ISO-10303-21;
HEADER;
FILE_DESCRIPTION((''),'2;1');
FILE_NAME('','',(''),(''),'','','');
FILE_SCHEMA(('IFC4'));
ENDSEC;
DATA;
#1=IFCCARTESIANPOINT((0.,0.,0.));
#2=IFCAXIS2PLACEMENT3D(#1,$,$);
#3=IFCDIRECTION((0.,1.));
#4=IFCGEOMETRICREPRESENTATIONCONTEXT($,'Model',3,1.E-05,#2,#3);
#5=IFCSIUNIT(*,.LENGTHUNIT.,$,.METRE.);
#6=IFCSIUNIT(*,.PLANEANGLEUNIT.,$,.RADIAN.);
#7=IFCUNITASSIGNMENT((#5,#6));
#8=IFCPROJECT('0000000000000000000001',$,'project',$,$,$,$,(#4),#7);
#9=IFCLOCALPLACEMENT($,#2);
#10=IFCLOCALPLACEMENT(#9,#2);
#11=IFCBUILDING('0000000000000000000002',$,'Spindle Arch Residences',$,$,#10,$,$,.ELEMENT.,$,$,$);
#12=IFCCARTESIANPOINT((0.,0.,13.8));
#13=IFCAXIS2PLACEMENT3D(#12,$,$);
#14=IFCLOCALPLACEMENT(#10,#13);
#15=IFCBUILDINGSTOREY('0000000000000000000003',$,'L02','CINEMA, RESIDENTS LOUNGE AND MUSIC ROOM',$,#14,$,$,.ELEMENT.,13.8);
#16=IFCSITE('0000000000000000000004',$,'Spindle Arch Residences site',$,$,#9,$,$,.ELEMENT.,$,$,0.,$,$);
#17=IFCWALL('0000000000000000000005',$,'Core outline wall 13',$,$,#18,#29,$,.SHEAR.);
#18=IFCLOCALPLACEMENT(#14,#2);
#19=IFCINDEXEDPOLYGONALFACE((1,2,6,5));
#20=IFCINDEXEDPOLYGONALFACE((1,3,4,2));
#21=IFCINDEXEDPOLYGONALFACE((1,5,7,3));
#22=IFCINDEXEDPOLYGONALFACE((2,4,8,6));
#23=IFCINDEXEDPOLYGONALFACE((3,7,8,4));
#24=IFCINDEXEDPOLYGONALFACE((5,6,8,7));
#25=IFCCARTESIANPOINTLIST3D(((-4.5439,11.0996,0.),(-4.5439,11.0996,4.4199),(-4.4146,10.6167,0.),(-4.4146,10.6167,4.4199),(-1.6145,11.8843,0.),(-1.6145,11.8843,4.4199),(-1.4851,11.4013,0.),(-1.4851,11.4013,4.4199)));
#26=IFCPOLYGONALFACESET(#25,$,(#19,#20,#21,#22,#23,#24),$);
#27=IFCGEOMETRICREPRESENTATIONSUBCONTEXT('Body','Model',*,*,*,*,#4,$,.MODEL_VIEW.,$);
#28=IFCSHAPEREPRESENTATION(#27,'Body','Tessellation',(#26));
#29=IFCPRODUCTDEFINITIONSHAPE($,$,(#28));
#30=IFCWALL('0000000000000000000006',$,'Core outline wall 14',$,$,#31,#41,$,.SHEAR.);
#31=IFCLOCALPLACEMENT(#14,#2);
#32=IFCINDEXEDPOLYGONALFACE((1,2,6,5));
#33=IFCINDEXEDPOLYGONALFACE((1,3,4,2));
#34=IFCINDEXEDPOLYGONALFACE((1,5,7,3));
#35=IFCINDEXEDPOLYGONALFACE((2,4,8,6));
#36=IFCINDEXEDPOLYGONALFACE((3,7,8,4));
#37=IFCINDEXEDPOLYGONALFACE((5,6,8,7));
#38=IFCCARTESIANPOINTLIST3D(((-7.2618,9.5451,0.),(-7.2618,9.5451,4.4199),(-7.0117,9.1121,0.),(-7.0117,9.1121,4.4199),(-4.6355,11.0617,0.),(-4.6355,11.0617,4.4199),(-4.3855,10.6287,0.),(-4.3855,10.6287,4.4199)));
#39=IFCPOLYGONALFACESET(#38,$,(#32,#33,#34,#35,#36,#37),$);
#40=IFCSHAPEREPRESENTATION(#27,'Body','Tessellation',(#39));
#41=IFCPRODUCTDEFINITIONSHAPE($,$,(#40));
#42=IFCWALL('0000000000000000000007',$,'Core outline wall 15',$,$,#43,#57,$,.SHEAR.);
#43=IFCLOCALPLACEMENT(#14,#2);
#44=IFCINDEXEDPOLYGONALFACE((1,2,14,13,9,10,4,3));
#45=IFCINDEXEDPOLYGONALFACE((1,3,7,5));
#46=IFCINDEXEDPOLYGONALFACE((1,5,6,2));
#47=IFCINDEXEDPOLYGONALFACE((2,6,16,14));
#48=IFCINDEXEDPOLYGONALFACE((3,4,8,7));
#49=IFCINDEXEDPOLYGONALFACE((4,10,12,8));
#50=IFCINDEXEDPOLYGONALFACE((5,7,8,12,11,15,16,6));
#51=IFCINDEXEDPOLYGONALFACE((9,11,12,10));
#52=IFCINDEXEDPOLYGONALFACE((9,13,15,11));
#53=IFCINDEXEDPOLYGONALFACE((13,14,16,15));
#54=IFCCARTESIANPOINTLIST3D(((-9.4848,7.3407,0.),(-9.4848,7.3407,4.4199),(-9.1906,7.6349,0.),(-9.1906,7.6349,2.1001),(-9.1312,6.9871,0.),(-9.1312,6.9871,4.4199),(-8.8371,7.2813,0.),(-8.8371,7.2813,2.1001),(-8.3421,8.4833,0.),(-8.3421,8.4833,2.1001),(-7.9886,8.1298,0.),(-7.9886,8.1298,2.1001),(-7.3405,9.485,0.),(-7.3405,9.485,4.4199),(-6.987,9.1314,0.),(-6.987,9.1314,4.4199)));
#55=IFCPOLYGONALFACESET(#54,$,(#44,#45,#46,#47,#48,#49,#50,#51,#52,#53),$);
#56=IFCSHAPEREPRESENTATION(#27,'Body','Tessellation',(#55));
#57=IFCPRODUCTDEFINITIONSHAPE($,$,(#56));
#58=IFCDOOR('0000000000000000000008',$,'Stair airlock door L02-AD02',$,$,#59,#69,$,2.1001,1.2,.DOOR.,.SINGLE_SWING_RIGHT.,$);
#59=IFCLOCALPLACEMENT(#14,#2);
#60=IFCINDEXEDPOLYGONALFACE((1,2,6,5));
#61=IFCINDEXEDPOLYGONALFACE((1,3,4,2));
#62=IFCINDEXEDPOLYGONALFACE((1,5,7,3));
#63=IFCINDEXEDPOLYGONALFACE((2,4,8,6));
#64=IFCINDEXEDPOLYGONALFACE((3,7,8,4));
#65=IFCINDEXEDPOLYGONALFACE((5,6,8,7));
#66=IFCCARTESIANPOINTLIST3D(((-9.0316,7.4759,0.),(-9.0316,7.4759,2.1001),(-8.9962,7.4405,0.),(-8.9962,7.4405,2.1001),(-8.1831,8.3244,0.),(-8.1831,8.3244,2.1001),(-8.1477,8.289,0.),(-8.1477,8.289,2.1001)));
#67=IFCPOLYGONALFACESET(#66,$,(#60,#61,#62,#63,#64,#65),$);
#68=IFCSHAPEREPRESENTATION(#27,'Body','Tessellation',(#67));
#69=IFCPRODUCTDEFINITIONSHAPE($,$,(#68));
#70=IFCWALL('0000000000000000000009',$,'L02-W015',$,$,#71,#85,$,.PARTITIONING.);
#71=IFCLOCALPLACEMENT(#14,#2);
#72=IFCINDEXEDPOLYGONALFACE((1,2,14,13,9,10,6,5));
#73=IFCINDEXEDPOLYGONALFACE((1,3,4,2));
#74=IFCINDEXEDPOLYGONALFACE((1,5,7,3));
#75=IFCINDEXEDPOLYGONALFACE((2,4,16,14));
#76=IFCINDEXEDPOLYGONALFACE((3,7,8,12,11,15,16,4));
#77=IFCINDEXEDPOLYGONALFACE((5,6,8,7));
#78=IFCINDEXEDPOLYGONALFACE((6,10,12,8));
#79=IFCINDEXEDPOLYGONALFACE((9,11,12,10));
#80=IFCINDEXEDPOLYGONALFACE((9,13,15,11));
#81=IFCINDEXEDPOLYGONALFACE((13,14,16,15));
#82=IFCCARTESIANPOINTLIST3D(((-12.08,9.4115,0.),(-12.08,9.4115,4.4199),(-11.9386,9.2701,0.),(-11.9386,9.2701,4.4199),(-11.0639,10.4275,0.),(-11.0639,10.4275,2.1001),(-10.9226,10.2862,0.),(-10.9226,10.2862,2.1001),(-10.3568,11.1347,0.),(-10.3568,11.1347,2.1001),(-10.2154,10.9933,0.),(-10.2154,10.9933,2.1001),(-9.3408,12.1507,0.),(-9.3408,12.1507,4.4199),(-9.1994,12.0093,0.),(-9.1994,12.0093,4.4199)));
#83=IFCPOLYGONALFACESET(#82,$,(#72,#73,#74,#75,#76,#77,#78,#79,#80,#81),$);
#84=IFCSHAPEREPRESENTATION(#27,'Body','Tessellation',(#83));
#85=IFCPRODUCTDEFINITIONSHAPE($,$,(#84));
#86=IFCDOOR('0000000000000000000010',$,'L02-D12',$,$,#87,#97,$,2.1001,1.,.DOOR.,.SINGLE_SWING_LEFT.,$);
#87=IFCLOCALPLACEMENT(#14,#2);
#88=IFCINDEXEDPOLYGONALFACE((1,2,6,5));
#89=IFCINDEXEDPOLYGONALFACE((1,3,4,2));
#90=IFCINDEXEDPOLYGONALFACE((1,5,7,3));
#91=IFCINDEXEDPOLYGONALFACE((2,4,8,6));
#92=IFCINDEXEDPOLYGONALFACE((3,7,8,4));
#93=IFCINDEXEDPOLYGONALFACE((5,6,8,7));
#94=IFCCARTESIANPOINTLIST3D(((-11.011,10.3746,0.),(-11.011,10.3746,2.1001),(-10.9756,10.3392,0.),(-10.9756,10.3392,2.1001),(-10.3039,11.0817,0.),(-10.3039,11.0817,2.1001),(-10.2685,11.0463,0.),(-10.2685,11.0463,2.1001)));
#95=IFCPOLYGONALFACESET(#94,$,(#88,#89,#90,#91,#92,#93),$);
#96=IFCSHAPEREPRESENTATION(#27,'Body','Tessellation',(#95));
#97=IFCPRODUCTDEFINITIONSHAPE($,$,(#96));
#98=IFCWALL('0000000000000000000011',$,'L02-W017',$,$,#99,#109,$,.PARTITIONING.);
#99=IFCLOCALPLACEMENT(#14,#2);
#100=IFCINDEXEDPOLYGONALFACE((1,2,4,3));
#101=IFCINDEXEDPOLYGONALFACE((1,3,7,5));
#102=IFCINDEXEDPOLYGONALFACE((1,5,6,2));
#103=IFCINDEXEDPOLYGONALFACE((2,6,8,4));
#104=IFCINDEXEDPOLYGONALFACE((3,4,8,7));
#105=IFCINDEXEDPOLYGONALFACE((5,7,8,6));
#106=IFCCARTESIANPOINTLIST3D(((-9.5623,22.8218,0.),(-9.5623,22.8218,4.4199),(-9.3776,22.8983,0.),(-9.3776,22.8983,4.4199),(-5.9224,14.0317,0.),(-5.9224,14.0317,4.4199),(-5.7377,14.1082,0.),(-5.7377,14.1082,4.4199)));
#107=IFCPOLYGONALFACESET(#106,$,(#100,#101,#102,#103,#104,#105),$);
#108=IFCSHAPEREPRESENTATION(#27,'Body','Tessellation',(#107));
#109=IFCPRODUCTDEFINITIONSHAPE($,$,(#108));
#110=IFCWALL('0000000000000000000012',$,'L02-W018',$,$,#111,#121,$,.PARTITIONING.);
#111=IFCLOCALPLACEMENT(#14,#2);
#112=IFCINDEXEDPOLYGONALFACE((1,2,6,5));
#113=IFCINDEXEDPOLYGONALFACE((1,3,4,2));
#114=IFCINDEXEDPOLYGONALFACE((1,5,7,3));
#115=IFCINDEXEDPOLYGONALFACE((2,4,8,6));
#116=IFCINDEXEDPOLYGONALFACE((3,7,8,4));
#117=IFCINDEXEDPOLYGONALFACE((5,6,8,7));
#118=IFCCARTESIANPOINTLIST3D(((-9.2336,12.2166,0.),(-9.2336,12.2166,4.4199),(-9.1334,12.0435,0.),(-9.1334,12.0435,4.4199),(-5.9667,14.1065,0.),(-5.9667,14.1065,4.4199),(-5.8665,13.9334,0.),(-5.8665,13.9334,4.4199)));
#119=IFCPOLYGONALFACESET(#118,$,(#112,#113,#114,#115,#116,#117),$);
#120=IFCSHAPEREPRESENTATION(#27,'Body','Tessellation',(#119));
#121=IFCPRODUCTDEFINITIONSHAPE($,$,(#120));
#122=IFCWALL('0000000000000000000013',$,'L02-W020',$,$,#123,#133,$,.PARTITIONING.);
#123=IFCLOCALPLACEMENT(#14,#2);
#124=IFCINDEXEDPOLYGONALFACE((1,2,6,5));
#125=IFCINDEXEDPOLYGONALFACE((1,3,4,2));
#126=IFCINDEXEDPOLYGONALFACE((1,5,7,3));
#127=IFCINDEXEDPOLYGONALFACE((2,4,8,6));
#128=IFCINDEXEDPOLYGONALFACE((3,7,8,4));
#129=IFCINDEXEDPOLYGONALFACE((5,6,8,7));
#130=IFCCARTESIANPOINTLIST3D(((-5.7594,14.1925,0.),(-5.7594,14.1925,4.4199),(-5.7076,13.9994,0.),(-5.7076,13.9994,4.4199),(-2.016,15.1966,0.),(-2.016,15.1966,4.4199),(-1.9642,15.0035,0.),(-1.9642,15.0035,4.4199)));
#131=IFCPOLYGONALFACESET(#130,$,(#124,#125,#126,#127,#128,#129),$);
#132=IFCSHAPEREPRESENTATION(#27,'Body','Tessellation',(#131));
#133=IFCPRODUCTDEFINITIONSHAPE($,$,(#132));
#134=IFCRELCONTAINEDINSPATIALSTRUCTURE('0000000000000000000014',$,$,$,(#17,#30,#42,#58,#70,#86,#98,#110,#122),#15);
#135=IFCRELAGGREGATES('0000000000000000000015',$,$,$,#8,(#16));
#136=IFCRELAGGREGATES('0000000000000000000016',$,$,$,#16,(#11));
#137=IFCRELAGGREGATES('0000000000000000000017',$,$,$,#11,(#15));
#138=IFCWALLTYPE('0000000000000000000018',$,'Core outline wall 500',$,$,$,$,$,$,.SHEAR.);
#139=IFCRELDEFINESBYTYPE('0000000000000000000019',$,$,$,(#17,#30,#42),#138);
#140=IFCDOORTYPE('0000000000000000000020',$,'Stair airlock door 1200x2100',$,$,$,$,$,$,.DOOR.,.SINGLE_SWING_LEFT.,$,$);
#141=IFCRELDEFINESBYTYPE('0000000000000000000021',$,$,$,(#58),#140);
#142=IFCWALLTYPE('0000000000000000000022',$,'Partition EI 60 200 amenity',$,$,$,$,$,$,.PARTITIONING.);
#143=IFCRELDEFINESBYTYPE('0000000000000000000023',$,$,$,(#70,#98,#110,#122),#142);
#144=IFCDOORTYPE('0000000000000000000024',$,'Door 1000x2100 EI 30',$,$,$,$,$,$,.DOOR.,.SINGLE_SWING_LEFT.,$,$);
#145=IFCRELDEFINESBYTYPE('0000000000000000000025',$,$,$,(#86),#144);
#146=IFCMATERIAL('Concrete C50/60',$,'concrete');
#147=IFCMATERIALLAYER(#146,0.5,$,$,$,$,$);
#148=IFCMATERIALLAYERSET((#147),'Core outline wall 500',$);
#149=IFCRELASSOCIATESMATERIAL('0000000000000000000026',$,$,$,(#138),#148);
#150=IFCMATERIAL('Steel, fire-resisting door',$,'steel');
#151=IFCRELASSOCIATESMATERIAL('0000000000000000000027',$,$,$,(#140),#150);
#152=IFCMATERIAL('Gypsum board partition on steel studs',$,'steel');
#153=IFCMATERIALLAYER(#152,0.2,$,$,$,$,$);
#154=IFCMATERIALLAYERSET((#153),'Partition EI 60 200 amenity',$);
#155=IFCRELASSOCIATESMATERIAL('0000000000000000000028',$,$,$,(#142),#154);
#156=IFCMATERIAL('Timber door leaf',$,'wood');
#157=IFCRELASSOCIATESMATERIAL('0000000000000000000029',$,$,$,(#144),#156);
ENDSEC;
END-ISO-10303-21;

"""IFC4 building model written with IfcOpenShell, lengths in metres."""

from ifc_helpers import new_model, si_unit, direction, frame, frame_2d, origin, place, context, subcontext, project, spatial, rectangle, extrude, material, layer, layer_set, type_object, element, fill, save


model = new_model("IFC4")

# Units and contexts
model_context = context("Model", 3, precision=1e-05, world=origin(), true_north=direction((0.0, 1.0)))
body_context = subcontext(model_context, "Body", "Model", "MODEL_VIEW")
ifc_project = project(units=[si_unit("LENGTHUNIT", "METRE"), si_unit("PLANEANGLEUNIT", "RADIAN")], contexts=[model_context])

# Site, building, storey
site_placement = place(None, origin())
site = spatial("IfcSite", under=ifc_project, at=site_placement, Name="Spindle Arch Residences site", CompositionType="ELEMENT", RefElevation=0.0)
building_placement = place(site_placement, origin())
building = spatial("IfcBuilding", under=site, at=building_placement, Name="Spindle Arch Residences", CompositionType="ELEMENT")
storey_placement = place(building_placement, frame((0.0, 0.0, 13.8)))
storey = spatial("IfcBuildingStorey", under=building, at=storey_placement, Name="L02", Description="CINEMA, RESIDENTS LOUNGE AND MUSIC ROOM", CompositionType="ELEMENT", Elevation=13.8)

# Walls
ifc_material_1 = material(Name="Concrete C50/60", Category="concrete")
ifc_layer_1 = layer(ifc_material_1, 0.5)
ifc_layer_set_1 = layer_set([ifc_layer_1], Name="Core outline wall 500")
wall_type_1 = type_object("IfcWallType", Name="Core outline wall 500", PredefinedType="SHEAR", material=ifc_layer_set_1)
for number, where, z_axis, x_axis, name in (
    (1, (-1.5498, 11.6428, 0.0), (0.0, 0.0, 1.0), (-0.965948, -0.258735, 0.0), "Core outline wall 13"),
    (2, (-4.5105, 10.8452, 0.0), (0.0, 0.0, 1.0), (-0.865975, -0.500087, 0.0), "Core outline wall 14"),
):
    element("IfcWall", number, at=place(storey_placement, frame(where, z_axis=z_axis, x_axis=x_axis)), inside=storey, type_object=wall_type_1, Name=name, PredefinedType="SHEAR", context=body_context, shape_type="SweptSolid", body=[
        extrude(rectangle(XDim=3.0327, YDim=0.5, at=frame_2d((1.5164, 0.0))), origin(), (0.0, 0.0, 1.0), 4.4199),
    ])

# Walls, openings, doors
wall_1_placement = place(storey_placement, frame((-7.1638, 9.3081, 0.0), z_axis=(0.0, 0.0, 1.0), x_axis=(-0.707107, -0.707107, 0.0)))
wall_1 = element("IfcWall", 3, at=wall_1_placement, inside=storey, type_object=wall_type_1, Name="Core outline wall 15", PredefinedType="SHEAR", context=body_context, shape_type="SweptSolid", body=[
    extrude(rectangle(XDim=3.0325, YDim=0.5, at=frame_2d((1.5161, 0.0))), origin(), (0.0, 0.0, 1.0), 4.4199),
])
opening_1_placement = place(wall_1_placement, frame((1.4163, 0.0, 0.0)))
opening_1 = element("IfcOpeningElement", 4, at=opening_1_placement, cuts=wall_1, PredefinedType="OPENING", context=body_context, shape_type="SweptSolid", body=[
    extrude(rectangle(XDim=1.2, YDim=2.1001, at=frame_2d((0.6001, 1.05))), frame((0.0, 0.26, 0.0), z_axis=(0.0, -1.0, 0.0), x_axis=(1.0, 0.0, 0.0)), (0.0, 0.0, 1.0), 0.52),
])
ifc_material_2 = material(Name="Steel, fire-resisting door", Category="steel")
door_type_1 = type_object("IfcDoorType", Name="Stair airlock door 1200x2100", OperationType="SINGLE_SWING_LEFT", PredefinedType="DOOR", material=ifc_material_2)
door_1_placement = place(opening_1_placement, origin())
door_1 = element("IfcDoor", 5, at=door_1_placement, inside=storey, type_object=door_type_1, Name="Stair airlock door L02-AD02", OperationType="SINGLE_SWING_RIGHT", OverallHeight=2.1001, OverallWidth=1.2, PredefinedType="DOOR", context=body_context, shape_type="SweptSolid", body=[
    extrude(rectangle(XDim=1.2, YDim=2.1001, at=frame_2d((0.6001, 1.05))), frame((0.0, 0.0249, 0.0), z_axis=(0.0, -1.0, 0.0), x_axis=(1.0, 0.0, 0.0)), (0.0, 0.0, 1.0), 0.05),
])
fill(opening_1, door_1)
ifc_material_3 = material(Name="Gypsum board partition on steel studs", Category="steel")
ifc_layer_2 = layer(ifc_material_3, 0.2)
ifc_layer_set_2 = layer_set([ifc_layer_2], Name="Partition EI 60 200 amenity")
wall_type_2 = type_object("IfcWallType", Name="Partition EI 60 200 amenity", PredefinedType="PARTITIONING", material=ifc_layer_set_2)
wall_2_placement = place(storey_placement, frame((-9.27, 12.0801, 0.0), z_axis=(0.0, 0.0, 1.0), x_axis=(-0.707107, -0.707107, 0.0)))
wall_2 = element("IfcWall", 6, at=wall_2_placement, inside=storey, type_object=wall_type_2, Name="L02-W015", PredefinedType="PARTITIONING", context=body_context, shape_type="SweptSolid", body=[
    extrude(rectangle(XDim=3.8738, YDim=0.2, at=frame_2d((1.937, 0.0))), origin(), (0.0, 0.0, 1.0), 4.4199),
])
opening_2_placement = place(wall_2_placement, frame((1.437, 0.0, 0.0)))
opening_2 = element("IfcOpeningElement", 7, at=opening_2_placement, cuts=wall_2, PredefinedType="OPENING", context=body_context, shape_type="SweptSolid", body=[
    extrude(rectangle(XDim=1.0, YDim=2.1001, at=frame_2d((0.5, 1.05))), frame((0.0, 0.1099, 0.0), z_axis=(0.0, -1.0, 0.0), x_axis=(1.0, 0.0, 0.0)), (0.0, 0.0, 1.0), 0.22),
])
ifc_material_4 = material(Name="Timber door leaf", Category="wood")
door_type_2 = type_object("IfcDoorType", Name="Door 1000x2100 EI 30", OperationType="SINGLE_SWING_LEFT", PredefinedType="DOOR", material=ifc_material_4)
door_2_placement = place(opening_2_placement, origin())
door_2 = element("IfcDoor", 8, at=door_2_placement, inside=storey, type_object=door_type_2, Name="L02-D12", OperationType="SINGLE_SWING_LEFT", OverallHeight=2.1001, OverallWidth=1.0, PredefinedType="DOOR", context=body_context, shape_type="SweptSolid", body=[
    extrude(rectangle(XDim=1.0, YDim=2.1001, at=frame_2d((0.5, 1.05))), frame((0.0, 0.0249, 0.0), z_axis=(0.0, -1.0, 0.0), x_axis=(1.0, 0.0, 0.0)), (0.0, 0.0, 1.0), 0.05),
])
fill(opening_2, door_2)

# Walls
wall_3_placement = place(storey_placement, frame((-5.8301, 14.0701, 0.0), z_axis=(0.0, 0.0, 1.0), x_axis=(-0.382588, 0.923919, 0.0)))
element("IfcWall", 9, at=wall_3_placement, inside=storey, type_object=wall_type_2, Name="L02-W017", PredefinedType="PARTITIONING", context=body_context, shape_type="SweptSolid", body=[
    extrude(rectangle(XDim=9.5139, YDim=0.2, at=frame_2d((4.7568, 0.0))), origin(), (0.0, 0.0, 1.0), 4.4199),
])
wall_4_placement = place(storey_placement, frame((-5.9165, 14.02, 0.0), z_axis=(0.0, 0.0, 1.0), x_axis=(-0.865592, -0.500751, 0.0)))
element("IfcWall", 10, at=wall_4_placement, inside=storey, type_object=wall_type_2, Name="L02-W018", PredefinedType="PARTITIONING", context=body_context, shape_type="SweptSolid", body=[
    extrude(rectangle(XDim=3.7742, YDim=0.2, at=frame_2d((1.8872, 0.0))), origin(), (0.0, 0.0, 1.0), 4.4199),
])
wall_5_placement = place(storey_placement, frame((-1.99, 15.1001, 0.0), z_axis=(0.0, 0.0, 1.0), x_axis=(-0.965854, -0.259086, 0.0)))
element("IfcWall", 11, at=wall_5_placement, inside=storey, type_object=wall_type_2, Name="L02-W020", PredefinedType="PARTITIONING", context=body_context, shape_type="SweptSolid", body=[
    extrude(rectangle(XDim=3.8757, YDim=0.2, at=frame_2d((1.938, 0.0))), origin(), (0.0, 0.0, 1.0), 4.4199),
])

save(model, "model.ifc")
